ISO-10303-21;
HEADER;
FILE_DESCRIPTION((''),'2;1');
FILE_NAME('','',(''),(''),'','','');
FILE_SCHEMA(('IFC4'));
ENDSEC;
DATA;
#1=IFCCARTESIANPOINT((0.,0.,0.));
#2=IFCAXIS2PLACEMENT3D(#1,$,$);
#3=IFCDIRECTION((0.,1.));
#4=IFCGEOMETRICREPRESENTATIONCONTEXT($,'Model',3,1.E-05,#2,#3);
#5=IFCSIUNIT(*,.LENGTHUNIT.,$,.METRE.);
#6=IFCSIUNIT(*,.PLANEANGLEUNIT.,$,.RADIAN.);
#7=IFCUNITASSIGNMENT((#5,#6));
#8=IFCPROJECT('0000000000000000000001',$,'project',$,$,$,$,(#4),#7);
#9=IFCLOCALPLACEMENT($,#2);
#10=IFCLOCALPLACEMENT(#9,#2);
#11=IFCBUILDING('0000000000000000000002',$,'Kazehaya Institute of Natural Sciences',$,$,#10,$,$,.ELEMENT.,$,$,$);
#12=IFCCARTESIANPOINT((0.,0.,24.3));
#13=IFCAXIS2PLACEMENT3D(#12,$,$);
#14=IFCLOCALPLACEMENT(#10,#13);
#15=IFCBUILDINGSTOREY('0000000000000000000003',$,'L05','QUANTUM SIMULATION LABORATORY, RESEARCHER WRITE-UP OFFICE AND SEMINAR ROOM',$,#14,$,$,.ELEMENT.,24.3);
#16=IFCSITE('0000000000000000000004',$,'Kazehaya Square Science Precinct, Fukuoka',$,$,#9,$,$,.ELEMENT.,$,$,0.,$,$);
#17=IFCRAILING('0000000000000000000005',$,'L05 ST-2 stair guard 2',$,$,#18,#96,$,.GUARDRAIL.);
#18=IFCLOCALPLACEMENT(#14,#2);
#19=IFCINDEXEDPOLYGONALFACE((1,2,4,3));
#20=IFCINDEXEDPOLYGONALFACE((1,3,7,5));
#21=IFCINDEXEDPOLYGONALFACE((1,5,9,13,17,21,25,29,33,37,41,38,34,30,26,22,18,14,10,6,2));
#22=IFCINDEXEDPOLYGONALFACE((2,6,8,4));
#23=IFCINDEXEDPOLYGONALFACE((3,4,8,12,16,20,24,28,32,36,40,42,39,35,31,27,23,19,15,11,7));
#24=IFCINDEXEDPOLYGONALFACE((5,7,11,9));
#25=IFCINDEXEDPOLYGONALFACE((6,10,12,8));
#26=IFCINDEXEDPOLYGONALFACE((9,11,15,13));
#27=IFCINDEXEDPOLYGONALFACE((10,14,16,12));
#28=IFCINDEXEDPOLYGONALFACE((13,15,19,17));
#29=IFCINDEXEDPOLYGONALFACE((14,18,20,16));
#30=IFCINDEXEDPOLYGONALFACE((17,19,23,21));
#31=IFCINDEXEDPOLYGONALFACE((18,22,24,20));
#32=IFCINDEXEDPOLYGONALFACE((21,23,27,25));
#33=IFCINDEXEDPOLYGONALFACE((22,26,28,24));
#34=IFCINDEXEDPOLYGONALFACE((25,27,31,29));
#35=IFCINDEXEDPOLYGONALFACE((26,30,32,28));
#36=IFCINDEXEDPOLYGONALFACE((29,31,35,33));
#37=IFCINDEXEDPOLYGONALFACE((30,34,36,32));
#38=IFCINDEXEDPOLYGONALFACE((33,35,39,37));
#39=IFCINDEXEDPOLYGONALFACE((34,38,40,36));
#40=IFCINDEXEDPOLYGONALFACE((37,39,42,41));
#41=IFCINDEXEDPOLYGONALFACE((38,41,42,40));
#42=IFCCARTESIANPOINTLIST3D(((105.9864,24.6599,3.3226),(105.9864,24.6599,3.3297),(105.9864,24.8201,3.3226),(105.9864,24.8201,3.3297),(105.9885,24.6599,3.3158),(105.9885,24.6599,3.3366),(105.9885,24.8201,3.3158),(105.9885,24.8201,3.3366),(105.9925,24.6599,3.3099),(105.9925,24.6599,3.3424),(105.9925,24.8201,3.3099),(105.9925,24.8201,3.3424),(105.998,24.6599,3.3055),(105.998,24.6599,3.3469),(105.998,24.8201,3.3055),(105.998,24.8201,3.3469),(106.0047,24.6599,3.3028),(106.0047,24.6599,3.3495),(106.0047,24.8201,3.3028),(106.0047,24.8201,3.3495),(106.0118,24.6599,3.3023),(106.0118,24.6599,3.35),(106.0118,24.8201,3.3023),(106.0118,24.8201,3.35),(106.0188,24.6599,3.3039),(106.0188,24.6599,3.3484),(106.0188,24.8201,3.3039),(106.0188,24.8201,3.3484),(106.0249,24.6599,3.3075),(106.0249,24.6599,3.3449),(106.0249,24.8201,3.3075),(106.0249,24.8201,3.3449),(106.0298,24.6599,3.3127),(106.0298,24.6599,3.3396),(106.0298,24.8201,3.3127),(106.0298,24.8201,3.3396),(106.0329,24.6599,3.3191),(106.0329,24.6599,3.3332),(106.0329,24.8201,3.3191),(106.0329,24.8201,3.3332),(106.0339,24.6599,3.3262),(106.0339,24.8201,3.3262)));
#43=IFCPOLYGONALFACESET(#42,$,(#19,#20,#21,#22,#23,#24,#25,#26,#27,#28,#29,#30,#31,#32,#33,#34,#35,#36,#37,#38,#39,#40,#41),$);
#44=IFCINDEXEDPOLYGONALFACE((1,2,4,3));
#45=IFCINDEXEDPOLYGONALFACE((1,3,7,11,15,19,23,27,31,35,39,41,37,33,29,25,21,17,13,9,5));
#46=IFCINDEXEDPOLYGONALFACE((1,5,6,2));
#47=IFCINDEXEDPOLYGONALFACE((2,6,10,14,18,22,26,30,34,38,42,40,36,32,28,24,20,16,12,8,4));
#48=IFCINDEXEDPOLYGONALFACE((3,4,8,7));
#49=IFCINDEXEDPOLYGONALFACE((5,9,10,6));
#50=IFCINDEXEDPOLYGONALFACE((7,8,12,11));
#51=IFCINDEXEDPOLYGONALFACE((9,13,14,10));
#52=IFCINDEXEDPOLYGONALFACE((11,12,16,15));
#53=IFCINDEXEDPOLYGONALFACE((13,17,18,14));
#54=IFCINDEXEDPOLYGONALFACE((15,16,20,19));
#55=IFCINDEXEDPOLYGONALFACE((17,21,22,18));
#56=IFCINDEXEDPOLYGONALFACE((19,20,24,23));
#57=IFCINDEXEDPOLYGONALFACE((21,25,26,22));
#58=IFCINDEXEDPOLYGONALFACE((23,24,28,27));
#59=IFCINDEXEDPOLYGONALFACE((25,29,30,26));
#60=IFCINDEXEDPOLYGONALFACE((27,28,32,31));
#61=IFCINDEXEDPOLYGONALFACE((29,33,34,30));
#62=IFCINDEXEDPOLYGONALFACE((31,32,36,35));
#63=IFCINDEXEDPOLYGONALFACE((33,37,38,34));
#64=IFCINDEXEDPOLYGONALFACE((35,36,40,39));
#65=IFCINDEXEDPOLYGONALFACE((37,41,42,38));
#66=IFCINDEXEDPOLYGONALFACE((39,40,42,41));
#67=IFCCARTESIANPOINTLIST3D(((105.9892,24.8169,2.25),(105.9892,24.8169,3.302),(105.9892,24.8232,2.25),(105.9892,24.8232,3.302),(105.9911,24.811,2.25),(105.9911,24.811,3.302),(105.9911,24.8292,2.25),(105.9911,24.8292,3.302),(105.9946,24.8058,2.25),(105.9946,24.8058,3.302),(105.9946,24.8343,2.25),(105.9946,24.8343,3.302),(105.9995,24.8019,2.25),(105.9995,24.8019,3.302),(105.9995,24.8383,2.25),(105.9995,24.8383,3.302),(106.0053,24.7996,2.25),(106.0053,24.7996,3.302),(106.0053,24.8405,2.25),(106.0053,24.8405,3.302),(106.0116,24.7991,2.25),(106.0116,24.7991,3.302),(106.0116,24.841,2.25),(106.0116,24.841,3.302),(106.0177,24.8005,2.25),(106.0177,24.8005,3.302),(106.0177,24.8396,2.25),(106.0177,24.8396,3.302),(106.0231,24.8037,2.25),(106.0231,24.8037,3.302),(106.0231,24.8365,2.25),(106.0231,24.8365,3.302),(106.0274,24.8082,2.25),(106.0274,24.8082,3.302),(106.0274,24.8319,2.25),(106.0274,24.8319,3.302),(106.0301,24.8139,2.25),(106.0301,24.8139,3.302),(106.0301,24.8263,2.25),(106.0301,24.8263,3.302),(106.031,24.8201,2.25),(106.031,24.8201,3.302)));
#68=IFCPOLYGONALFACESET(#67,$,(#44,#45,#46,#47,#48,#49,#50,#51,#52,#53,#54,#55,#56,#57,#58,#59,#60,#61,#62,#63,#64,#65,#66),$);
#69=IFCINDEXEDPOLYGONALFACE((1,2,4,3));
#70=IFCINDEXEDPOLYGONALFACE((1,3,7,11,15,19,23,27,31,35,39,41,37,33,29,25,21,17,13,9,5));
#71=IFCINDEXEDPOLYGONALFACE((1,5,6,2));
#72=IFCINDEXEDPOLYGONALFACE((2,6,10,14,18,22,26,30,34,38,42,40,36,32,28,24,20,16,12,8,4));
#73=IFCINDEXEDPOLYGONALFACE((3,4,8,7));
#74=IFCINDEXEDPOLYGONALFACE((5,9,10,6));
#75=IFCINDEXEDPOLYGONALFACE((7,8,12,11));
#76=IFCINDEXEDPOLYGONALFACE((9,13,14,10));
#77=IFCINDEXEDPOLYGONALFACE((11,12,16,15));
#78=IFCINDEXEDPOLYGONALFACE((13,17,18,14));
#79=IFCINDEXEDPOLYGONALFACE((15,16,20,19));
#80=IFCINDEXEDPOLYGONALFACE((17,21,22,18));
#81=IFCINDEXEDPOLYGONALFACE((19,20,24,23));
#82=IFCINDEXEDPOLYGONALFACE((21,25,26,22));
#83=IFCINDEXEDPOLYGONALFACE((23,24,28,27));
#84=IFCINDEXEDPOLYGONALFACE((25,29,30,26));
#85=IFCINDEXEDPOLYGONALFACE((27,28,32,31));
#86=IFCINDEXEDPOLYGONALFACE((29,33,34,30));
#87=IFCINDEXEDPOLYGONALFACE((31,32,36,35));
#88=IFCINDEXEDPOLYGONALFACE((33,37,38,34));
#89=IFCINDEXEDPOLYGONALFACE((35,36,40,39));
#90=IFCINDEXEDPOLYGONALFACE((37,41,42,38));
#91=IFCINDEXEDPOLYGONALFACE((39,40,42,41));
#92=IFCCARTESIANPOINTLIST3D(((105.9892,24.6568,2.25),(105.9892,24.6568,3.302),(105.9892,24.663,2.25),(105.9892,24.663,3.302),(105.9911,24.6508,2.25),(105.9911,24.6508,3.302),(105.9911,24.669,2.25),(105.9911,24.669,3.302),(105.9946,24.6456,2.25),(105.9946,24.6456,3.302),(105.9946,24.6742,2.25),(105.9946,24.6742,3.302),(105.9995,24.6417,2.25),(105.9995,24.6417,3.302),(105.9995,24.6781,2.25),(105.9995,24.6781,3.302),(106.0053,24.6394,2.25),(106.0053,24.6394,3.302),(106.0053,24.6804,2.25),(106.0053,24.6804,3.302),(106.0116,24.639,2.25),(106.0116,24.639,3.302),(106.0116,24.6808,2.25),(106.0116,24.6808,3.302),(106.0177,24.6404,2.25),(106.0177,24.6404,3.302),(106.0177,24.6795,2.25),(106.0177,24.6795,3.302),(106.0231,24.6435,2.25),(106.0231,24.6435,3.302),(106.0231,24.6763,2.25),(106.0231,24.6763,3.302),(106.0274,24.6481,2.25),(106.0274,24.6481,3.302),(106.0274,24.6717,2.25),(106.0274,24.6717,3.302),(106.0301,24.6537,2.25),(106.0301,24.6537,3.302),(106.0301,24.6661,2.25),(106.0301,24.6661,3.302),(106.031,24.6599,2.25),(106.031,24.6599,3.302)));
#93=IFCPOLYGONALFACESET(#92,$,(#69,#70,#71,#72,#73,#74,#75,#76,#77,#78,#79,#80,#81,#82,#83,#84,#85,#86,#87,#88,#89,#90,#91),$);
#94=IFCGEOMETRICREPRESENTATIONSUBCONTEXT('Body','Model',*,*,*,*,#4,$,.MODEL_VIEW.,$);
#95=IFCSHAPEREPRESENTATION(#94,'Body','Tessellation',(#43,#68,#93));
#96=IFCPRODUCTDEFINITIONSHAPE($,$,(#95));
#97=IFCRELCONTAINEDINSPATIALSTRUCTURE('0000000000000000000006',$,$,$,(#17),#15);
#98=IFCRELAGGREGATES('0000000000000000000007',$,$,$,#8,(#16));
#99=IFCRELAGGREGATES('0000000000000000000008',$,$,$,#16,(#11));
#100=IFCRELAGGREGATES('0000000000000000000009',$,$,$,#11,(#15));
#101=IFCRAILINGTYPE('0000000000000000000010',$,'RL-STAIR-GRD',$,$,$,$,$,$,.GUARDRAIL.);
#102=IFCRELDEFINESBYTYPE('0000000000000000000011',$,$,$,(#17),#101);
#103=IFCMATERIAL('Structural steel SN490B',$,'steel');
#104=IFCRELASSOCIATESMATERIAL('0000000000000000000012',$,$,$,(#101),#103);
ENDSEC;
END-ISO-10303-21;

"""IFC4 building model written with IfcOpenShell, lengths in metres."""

from ifc_helpers import new_model, si_unit, direction, frame, origin, origin_2d, place, context, subcontext, project, spatial, circle, extrude, material, type_object, element, save


model = new_model("IFC4")

# Units and contexts
model_context = context("Model", 3, precision=1e-05, world=origin(), true_north=direction((0.0, 1.0)))
body_context = subcontext(model_context, "Body", "Model", "MODEL_VIEW")
ifc_project = project(units=[si_unit("LENGTHUNIT", "METRE"), si_unit("PLANEANGLEUNIT", "RADIAN")], contexts=[model_context])

# Site, building, storey
site_placement = place(None, origin())
site = spatial("IfcSite", under=ifc_project, at=site_placement, Name="Kazehaya Square Science Precinct, Fukuoka", CompositionType="ELEMENT", RefElevation=0.0)
building_placement = place(site_placement, origin())
building = spatial("IfcBuilding", under=site, at=building_placement, Name="Kazehaya Institute of Natural Sciences", CompositionType="ELEMENT")
storey_placement = place(building_placement, frame((0.0, 0.0, 24.3)))
storey = spatial("IfcBuildingStorey", under=building, at=storey_placement, Name="L05", Description="QUANTUM SIMULATION LABORATORY, RESEARCHER WRITE-UP OFFICE AND SEMINAR ROOM", CompositionType="ELEMENT", Elevation=24.3)

# Railing
ifc_material_1 = material(Name="Structural steel SN490B", Category="steel")
railing_type_1 = type_object("IfcRailingType", Name="RL-STAIR-GRD", PredefinedType="GUARDRAIL", material=ifc_material_1)
railing_1_placement = place(storey_placement, frame((106.01, 24.8201, 2.25)))
element("IfcRailing", 1, at=railing_1_placement, inside=storey, type_object=railing_type_1, Name="L05 ST-2 stair guard 2", PredefinedType="GUARDRAIL", context=body_context, shape_type="SweptSolid", body=[
    extrude(circle(Radius=0.0239, at=origin_2d()), frame((0.0, 0.0, 1.0762), z_axis=(0.0, -1.0, 0.0), x_axis=(1.0, 0.0, 0.0)), (0.0, 0.0, 1.0), 0.1602),
    extrude(circle(Radius=0.021, at=origin_2d()), origin(), (0.0, 0.0, 1.0), 1.052),
    extrude(circle(Radius=0.021, at=origin_2d()), frame((0.0, -0.1602, 0.0)), (0.0, 0.0, 1.0), 1.052),
])

save(model, "model.ifc")
